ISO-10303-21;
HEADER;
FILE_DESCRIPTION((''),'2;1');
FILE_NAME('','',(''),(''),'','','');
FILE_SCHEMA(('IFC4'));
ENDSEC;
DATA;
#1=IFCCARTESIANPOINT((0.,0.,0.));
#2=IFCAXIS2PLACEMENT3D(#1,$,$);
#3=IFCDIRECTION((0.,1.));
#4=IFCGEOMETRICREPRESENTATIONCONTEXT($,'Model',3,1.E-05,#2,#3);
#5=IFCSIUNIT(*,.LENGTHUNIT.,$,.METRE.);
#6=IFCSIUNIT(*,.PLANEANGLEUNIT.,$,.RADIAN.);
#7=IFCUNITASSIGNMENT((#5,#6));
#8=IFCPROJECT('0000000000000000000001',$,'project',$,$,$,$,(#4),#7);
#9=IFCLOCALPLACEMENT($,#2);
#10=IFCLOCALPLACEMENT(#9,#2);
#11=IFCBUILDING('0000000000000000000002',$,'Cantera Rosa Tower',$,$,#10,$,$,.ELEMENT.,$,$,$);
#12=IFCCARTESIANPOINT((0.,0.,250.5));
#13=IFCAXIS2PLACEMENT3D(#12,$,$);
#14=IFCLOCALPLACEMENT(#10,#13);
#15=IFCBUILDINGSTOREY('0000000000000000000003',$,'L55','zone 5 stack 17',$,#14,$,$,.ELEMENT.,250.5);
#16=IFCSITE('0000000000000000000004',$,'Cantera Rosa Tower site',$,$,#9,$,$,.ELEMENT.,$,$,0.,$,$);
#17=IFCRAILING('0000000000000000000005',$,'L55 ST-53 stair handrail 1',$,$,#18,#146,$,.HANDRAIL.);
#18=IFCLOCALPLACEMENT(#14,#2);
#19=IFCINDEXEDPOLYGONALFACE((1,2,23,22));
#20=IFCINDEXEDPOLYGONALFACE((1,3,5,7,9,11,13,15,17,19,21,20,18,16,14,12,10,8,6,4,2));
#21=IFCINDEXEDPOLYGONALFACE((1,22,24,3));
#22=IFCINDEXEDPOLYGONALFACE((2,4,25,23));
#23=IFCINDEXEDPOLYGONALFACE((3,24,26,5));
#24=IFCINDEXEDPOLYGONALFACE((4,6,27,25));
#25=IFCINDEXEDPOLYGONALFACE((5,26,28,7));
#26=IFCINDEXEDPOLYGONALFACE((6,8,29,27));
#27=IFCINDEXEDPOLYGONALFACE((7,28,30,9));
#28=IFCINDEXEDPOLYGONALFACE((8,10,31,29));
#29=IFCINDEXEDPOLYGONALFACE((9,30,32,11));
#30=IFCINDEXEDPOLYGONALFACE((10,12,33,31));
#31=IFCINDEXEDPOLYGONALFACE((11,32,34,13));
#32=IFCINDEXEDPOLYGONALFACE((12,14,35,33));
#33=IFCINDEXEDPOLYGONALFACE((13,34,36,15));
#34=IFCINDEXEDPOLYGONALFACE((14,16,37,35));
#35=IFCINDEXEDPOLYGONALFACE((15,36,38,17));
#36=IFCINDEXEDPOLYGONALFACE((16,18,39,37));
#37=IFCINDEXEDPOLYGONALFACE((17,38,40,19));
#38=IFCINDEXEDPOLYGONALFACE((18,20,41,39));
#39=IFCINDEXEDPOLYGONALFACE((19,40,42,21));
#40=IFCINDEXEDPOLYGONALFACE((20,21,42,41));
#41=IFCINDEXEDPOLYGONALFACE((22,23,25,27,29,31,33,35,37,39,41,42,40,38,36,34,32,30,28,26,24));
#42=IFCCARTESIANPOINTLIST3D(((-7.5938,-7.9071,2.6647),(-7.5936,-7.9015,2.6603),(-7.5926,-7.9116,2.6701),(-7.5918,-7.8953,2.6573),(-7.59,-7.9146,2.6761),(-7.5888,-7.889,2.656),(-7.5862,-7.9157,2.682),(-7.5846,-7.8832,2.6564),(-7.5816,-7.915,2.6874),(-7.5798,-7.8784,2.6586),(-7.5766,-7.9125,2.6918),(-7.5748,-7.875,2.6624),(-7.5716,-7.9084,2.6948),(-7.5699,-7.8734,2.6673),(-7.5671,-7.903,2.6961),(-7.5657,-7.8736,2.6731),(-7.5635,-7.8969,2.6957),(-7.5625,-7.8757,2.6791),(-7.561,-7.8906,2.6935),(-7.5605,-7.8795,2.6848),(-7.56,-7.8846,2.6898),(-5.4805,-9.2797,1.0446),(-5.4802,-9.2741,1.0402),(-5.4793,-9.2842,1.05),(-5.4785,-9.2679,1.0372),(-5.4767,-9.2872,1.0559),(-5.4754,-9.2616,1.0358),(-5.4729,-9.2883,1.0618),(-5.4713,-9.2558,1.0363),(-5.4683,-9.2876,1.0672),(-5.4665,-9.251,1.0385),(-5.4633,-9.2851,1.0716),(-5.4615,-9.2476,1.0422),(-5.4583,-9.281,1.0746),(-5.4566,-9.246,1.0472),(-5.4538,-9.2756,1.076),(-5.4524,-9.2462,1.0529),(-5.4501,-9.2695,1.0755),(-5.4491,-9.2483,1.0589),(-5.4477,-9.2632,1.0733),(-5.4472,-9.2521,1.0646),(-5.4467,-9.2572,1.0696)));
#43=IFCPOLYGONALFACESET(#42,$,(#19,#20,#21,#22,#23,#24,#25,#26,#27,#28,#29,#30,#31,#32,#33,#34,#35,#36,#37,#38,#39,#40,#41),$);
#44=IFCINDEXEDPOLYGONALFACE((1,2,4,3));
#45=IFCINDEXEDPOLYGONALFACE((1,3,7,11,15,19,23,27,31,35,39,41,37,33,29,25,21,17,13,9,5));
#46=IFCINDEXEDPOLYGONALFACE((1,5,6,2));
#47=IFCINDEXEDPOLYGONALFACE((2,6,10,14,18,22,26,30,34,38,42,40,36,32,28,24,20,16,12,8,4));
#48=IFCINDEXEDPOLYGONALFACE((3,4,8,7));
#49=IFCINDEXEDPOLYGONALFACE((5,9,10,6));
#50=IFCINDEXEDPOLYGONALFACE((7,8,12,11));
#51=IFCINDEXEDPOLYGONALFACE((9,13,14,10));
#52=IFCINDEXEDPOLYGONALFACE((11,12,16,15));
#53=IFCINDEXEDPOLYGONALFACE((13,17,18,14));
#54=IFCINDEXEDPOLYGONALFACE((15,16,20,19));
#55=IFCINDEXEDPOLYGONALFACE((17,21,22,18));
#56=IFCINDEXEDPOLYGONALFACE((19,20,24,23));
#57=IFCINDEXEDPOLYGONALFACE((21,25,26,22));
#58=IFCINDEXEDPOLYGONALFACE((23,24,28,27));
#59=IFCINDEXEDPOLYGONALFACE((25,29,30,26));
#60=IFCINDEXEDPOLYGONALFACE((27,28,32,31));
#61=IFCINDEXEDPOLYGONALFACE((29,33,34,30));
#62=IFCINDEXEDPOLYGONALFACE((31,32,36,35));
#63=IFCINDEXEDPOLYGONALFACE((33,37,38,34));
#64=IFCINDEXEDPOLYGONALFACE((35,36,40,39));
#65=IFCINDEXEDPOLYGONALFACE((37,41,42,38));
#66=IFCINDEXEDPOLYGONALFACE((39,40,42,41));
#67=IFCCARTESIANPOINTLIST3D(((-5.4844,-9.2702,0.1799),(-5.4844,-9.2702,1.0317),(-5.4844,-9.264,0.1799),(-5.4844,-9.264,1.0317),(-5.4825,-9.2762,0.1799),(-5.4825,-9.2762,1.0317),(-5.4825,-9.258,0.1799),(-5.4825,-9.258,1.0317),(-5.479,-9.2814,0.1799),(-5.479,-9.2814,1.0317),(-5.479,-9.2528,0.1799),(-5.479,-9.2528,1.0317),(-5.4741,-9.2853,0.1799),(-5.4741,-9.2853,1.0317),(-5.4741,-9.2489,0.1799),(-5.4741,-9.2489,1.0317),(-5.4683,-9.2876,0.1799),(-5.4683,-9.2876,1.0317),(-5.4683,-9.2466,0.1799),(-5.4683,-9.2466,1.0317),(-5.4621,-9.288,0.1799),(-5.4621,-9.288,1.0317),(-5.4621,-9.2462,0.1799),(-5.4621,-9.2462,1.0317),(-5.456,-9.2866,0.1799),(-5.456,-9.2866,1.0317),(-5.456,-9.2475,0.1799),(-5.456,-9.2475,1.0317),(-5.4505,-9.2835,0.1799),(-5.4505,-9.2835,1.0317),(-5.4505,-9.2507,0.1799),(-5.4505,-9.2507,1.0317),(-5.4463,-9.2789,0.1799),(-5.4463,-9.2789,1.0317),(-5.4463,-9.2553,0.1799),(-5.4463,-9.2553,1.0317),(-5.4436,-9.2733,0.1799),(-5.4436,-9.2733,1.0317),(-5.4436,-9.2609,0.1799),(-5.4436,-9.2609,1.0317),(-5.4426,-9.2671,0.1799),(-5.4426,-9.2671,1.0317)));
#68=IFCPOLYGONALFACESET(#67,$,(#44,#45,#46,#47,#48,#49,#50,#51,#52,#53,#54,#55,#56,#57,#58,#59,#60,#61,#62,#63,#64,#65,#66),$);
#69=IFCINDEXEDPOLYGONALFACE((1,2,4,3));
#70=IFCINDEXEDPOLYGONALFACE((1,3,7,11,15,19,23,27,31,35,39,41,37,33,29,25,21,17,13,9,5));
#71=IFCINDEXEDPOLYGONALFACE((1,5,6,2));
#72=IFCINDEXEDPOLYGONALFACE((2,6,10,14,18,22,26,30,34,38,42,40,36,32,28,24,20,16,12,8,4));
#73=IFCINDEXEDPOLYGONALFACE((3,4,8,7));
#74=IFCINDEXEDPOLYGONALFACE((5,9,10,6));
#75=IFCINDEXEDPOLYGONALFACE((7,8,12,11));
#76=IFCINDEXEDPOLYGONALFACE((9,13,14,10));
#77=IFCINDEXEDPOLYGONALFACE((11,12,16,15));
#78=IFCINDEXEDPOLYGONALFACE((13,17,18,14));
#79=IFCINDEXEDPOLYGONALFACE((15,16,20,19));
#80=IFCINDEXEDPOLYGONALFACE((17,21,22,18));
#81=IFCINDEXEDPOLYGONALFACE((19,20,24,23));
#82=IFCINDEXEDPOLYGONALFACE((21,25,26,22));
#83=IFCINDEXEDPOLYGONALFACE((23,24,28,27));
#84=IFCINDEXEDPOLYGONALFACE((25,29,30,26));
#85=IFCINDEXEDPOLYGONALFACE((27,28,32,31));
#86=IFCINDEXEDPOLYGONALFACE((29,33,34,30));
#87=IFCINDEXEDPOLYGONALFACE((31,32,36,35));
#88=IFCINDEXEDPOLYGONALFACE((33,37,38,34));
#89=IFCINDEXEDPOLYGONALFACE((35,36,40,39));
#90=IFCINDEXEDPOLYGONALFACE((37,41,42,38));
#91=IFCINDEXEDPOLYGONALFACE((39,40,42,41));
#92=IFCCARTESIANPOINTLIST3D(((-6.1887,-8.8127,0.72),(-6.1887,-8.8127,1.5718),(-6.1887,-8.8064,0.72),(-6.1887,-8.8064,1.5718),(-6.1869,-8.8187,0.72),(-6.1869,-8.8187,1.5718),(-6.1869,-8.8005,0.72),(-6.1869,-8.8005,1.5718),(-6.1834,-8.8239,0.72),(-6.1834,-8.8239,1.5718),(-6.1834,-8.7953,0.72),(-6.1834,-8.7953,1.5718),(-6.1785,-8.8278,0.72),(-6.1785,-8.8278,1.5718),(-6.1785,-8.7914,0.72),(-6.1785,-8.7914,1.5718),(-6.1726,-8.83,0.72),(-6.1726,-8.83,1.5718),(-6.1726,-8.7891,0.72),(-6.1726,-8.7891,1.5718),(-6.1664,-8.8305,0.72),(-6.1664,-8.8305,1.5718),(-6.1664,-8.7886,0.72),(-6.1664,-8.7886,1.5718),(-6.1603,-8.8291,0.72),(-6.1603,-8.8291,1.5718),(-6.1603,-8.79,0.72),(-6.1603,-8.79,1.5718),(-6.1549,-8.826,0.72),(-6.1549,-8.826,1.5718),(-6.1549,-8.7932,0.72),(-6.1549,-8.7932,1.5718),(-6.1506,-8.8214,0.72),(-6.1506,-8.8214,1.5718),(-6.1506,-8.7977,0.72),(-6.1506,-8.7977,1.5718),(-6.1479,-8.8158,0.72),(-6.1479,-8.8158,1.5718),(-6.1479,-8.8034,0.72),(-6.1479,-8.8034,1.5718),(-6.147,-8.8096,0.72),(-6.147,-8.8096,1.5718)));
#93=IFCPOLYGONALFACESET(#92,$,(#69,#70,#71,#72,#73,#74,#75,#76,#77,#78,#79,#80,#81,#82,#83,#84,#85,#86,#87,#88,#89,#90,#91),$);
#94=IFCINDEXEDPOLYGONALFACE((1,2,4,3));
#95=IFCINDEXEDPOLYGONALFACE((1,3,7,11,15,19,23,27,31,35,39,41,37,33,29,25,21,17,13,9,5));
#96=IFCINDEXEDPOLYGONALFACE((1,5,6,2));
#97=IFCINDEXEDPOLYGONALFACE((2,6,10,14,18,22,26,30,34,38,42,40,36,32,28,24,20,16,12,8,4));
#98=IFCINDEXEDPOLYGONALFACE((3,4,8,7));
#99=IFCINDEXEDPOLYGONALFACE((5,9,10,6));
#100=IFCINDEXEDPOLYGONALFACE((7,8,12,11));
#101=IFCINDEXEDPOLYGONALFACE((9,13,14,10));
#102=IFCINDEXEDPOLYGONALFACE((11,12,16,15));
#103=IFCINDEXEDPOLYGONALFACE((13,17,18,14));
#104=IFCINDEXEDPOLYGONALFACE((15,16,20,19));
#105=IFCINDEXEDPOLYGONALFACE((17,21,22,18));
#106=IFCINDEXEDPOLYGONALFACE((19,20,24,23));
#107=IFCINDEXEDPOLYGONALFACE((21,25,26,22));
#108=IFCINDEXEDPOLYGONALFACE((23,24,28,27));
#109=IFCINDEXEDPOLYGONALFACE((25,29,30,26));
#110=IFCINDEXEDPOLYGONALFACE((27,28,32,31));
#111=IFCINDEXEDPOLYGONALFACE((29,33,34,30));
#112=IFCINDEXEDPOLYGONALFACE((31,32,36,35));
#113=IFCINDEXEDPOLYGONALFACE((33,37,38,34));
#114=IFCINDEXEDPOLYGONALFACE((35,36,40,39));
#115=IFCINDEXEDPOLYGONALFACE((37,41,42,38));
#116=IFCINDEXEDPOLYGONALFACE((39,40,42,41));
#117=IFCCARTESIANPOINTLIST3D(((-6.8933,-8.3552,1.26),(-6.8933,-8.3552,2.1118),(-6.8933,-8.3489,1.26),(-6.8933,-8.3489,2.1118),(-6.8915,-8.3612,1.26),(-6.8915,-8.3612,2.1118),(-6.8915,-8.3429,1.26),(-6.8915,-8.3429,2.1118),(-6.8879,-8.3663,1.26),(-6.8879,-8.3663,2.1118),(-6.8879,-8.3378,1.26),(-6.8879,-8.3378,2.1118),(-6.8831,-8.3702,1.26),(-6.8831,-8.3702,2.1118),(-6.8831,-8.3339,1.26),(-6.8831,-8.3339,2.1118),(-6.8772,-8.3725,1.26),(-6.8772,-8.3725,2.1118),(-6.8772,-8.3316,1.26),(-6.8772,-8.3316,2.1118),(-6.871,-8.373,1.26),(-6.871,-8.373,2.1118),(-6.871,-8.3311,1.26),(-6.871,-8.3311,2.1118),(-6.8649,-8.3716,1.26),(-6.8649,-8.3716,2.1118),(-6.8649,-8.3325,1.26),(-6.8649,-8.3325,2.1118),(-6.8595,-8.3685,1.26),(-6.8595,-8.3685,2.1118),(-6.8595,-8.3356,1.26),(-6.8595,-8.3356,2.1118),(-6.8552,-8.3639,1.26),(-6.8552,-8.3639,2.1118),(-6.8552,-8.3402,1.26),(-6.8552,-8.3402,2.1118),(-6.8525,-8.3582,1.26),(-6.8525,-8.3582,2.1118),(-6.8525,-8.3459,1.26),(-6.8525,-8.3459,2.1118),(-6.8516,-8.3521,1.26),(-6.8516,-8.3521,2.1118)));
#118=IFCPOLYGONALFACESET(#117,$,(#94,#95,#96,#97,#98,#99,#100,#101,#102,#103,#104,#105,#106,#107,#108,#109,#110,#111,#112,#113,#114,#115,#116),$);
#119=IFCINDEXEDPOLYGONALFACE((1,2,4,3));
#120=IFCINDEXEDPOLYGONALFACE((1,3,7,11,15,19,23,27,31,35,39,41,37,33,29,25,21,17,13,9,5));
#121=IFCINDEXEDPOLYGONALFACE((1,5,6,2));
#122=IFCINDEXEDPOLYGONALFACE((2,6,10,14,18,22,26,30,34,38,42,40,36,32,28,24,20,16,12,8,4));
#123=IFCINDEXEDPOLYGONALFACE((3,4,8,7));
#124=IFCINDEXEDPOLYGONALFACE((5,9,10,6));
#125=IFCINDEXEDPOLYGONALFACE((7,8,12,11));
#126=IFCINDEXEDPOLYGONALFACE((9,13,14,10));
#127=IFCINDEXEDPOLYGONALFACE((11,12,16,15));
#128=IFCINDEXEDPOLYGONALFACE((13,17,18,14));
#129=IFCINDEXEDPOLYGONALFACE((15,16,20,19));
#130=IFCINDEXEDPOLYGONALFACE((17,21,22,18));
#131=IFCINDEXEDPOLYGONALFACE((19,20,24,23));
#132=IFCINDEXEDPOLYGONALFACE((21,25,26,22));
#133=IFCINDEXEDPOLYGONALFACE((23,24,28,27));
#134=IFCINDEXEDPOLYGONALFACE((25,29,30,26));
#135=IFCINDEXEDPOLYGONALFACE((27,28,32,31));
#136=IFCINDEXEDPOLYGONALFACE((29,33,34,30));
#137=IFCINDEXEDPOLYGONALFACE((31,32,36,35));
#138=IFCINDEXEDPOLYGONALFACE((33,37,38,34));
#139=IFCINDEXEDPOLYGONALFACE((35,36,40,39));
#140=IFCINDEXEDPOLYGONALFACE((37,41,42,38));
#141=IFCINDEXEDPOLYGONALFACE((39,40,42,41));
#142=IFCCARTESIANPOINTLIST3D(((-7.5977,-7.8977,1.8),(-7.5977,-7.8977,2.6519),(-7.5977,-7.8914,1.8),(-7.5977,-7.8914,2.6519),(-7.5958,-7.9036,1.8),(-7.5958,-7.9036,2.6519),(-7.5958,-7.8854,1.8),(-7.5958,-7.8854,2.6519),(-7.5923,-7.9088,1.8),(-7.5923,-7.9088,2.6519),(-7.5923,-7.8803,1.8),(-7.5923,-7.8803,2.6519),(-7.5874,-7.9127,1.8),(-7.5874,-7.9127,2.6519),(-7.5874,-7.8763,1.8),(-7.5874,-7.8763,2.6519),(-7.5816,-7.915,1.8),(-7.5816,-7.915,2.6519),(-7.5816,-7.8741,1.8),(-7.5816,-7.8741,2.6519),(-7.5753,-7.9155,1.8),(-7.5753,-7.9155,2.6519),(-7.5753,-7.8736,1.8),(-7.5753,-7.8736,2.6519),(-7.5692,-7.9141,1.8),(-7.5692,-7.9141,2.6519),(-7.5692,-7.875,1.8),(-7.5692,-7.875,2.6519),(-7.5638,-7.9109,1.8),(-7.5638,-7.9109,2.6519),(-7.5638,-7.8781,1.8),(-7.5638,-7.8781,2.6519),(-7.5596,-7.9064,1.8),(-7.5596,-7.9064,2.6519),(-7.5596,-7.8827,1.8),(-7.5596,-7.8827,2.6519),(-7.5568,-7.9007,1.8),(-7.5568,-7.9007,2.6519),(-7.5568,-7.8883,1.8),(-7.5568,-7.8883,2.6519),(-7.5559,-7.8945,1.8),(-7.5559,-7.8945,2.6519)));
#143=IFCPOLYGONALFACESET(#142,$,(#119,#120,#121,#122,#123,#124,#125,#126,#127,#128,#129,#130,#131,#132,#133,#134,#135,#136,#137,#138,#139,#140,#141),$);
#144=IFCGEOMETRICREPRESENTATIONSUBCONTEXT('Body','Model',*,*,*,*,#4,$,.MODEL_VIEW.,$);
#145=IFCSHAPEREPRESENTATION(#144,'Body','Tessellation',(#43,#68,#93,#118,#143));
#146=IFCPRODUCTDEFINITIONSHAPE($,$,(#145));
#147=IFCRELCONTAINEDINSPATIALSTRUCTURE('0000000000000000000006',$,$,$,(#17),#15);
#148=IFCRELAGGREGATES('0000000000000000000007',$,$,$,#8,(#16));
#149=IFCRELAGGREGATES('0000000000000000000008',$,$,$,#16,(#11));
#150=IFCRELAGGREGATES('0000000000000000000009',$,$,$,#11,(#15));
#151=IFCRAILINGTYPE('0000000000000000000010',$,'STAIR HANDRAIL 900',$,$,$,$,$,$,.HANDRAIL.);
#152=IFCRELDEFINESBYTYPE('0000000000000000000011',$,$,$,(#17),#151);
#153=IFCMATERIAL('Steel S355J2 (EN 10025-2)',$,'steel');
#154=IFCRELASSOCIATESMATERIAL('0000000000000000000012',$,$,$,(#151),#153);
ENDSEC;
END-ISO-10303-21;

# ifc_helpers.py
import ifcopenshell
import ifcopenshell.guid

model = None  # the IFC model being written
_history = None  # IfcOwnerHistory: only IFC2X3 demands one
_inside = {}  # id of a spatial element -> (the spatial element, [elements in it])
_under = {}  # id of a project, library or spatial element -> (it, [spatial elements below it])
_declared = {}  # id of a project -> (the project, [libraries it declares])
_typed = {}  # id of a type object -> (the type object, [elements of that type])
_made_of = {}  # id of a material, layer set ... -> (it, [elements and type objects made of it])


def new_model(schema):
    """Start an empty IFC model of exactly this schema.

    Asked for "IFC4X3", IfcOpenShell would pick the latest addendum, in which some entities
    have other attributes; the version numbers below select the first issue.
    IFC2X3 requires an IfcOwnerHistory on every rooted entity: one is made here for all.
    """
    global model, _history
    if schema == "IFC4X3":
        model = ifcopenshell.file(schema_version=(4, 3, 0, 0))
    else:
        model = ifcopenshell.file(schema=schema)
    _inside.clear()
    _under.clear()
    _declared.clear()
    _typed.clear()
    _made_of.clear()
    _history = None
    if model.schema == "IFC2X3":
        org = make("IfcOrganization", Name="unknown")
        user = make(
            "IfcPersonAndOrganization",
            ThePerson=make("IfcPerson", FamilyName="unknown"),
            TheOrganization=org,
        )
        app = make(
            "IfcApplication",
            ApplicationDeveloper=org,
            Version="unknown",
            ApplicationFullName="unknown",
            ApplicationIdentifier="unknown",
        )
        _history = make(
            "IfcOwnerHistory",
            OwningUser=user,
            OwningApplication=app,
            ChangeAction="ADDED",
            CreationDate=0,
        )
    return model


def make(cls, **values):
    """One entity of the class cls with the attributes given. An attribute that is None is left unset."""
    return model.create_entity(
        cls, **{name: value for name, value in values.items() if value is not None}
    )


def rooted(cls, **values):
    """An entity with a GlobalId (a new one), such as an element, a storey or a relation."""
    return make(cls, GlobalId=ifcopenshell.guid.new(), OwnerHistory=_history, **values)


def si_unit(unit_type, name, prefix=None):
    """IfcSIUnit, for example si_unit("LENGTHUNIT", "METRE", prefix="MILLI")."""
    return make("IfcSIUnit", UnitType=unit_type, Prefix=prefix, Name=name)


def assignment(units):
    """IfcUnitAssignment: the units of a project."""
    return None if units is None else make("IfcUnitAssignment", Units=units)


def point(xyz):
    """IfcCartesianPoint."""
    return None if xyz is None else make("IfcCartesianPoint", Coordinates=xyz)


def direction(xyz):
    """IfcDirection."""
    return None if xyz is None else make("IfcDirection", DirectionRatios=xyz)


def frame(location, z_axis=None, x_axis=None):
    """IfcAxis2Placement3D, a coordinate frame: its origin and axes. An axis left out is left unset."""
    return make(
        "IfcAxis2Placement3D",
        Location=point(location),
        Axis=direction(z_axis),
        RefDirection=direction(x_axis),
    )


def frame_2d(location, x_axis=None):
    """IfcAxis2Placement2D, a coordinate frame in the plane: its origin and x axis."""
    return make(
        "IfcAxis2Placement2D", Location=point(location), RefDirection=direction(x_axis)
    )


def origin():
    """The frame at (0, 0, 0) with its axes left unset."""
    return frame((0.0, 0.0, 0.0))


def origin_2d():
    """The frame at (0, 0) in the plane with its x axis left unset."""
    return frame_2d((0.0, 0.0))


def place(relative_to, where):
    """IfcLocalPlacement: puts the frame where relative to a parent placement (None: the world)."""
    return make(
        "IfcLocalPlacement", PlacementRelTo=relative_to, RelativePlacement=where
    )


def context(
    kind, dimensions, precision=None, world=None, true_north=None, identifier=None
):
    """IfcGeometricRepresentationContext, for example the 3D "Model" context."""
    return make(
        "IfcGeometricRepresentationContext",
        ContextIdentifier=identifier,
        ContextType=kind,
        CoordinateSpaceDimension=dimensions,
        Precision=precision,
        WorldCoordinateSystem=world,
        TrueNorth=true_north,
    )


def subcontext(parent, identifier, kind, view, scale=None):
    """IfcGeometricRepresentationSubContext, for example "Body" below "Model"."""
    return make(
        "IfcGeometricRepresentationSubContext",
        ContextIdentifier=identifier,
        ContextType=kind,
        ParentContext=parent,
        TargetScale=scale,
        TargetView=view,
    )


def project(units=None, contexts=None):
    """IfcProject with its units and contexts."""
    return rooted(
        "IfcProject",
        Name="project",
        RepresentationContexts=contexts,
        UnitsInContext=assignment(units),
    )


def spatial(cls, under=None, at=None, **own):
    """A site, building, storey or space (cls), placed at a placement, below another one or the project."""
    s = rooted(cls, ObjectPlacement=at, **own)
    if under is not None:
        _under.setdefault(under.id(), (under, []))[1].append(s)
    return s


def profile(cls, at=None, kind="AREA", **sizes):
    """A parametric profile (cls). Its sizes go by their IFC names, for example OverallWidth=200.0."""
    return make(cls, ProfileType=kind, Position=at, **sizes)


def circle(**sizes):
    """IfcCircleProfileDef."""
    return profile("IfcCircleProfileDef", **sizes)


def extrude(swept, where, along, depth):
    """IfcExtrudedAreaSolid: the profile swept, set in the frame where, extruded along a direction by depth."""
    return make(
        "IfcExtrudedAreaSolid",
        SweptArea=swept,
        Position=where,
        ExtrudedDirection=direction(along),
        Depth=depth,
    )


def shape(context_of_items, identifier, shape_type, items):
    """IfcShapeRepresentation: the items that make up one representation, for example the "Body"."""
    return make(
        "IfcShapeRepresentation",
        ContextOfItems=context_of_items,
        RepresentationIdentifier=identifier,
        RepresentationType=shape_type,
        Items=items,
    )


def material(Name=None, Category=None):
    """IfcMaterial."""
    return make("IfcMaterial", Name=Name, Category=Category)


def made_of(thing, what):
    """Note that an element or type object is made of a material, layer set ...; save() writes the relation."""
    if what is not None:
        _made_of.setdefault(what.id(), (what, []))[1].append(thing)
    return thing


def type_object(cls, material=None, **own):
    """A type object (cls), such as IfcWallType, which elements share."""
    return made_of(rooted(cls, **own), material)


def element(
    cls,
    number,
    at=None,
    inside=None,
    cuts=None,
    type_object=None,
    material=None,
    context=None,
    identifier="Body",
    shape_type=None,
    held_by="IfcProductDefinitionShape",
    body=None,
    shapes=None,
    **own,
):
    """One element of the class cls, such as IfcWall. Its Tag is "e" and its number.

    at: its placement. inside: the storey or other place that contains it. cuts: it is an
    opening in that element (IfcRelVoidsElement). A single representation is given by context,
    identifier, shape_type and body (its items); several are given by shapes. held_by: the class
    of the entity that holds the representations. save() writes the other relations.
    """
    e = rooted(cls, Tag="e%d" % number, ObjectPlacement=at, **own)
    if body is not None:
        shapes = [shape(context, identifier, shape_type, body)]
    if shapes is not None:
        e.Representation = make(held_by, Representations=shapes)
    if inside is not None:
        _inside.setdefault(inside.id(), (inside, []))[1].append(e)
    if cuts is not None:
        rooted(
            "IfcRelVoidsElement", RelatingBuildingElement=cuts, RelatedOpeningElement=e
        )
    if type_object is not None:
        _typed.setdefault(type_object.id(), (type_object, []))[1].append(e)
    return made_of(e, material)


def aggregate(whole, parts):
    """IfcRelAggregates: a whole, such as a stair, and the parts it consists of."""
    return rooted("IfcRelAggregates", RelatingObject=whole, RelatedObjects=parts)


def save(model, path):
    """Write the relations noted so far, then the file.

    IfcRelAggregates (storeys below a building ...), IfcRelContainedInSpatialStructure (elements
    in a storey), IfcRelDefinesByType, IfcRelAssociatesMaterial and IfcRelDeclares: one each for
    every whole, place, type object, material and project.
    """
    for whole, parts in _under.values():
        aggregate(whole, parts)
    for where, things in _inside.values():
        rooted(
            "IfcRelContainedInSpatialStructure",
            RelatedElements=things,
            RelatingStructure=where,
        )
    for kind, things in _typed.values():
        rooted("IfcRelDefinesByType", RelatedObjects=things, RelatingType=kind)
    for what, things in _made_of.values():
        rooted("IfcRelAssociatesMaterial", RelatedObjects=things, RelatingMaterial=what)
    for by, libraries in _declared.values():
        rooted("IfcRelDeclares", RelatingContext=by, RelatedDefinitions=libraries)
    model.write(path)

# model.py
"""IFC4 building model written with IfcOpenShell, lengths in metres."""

from ifc_helpers import new_model, si_unit, direction, frame, origin, origin_2d, place, context, subcontext, project, spatial, circle, extrude, material, type_object, element, save


model = new_model("IFC4")

# Units and contexts
model_context = context("Model", 3, precision=1e-05, world=origin(), true_north=direction((0.0, 1.0)))
body_context = subcontext(model_context, "Body", "Model", "MODEL_VIEW")
ifc_project = project(units=[si_unit("LENGTHUNIT", "METRE"), si_unit("PLANEANGLEUNIT", "RADIAN")], contexts=[model_context])

# Site, building, storey
site_placement = place(None, origin())
site = spatial("IfcSite", under=ifc_project, at=site_placement, Name="Cantera Rosa Tower site", CompositionType="ELEMENT", RefElevation=0.0)
building_placement = place(site_placement, origin())
building = spatial("IfcBuilding", under=site, at=building_placement, Name="Cantera Rosa Tower", CompositionType="ELEMENT")
storey_placement = place(building_placement, frame((0.0, 0.0, 250.5)))
storey = spatial("IfcBuildingStorey", under=building, at=storey_placement, Name="L55", Description="zone 5 stack 17", CompositionType="ELEMENT", Elevation=250.5)

# Railing
ifc_material_1 = material(Name="Steel S355J2 (EN 10025-2)", Category="steel")
railing_type_1 = type_object("IfcRailingType", Name="STAIR HANDRAIL 900", PredefinedType="HANDRAIL", material=ifc_material_1)
railing_1_placement = place(storey_placement, frame((-5.4636, -9.2671, 0.1799)))
element("IfcRailing", 1, at=railing_1_placement, inside=storey, type_object=railing_type_1, Name="L55 ST-53 stair handrail 1", PredefinedType="HANDRAIL", context=body_context, shape_type="SweptSolid", body=[
    extrude(circle(Radius=0.0239, at=origin_2d()), frame((0.0, 0.0, 0.876), z_axis=(-0.705421, 0.458165, 0.540801), x_axis=(-0.544689, -0.838638, 0.0)), (0.0, 0.0, 1.0), 2.9958),
    extrude(circle(Radius=0.021, at=origin_2d()), origin(), (0.0, 0.0, 1.0), 0.8518),
    extrude(circle(Radius=0.021, at=origin_2d()), frame((-0.7043, 0.4575, 0.54)), (0.0, 0.0, 1.0), 0.8518),
    extrude(circle(Radius=0.021, at=origin_2d()), frame((-1.4089, 0.915, 1.0801)), (0.0, 0.0, 1.0), 0.8518),
    extrude(circle(Radius=0.021, at=origin_2d()), frame((-2.1133, 1.3726, 1.6201)), (0.0, 0.0, 1.0), 0.8518),
])

save(model, "model.ifc")
